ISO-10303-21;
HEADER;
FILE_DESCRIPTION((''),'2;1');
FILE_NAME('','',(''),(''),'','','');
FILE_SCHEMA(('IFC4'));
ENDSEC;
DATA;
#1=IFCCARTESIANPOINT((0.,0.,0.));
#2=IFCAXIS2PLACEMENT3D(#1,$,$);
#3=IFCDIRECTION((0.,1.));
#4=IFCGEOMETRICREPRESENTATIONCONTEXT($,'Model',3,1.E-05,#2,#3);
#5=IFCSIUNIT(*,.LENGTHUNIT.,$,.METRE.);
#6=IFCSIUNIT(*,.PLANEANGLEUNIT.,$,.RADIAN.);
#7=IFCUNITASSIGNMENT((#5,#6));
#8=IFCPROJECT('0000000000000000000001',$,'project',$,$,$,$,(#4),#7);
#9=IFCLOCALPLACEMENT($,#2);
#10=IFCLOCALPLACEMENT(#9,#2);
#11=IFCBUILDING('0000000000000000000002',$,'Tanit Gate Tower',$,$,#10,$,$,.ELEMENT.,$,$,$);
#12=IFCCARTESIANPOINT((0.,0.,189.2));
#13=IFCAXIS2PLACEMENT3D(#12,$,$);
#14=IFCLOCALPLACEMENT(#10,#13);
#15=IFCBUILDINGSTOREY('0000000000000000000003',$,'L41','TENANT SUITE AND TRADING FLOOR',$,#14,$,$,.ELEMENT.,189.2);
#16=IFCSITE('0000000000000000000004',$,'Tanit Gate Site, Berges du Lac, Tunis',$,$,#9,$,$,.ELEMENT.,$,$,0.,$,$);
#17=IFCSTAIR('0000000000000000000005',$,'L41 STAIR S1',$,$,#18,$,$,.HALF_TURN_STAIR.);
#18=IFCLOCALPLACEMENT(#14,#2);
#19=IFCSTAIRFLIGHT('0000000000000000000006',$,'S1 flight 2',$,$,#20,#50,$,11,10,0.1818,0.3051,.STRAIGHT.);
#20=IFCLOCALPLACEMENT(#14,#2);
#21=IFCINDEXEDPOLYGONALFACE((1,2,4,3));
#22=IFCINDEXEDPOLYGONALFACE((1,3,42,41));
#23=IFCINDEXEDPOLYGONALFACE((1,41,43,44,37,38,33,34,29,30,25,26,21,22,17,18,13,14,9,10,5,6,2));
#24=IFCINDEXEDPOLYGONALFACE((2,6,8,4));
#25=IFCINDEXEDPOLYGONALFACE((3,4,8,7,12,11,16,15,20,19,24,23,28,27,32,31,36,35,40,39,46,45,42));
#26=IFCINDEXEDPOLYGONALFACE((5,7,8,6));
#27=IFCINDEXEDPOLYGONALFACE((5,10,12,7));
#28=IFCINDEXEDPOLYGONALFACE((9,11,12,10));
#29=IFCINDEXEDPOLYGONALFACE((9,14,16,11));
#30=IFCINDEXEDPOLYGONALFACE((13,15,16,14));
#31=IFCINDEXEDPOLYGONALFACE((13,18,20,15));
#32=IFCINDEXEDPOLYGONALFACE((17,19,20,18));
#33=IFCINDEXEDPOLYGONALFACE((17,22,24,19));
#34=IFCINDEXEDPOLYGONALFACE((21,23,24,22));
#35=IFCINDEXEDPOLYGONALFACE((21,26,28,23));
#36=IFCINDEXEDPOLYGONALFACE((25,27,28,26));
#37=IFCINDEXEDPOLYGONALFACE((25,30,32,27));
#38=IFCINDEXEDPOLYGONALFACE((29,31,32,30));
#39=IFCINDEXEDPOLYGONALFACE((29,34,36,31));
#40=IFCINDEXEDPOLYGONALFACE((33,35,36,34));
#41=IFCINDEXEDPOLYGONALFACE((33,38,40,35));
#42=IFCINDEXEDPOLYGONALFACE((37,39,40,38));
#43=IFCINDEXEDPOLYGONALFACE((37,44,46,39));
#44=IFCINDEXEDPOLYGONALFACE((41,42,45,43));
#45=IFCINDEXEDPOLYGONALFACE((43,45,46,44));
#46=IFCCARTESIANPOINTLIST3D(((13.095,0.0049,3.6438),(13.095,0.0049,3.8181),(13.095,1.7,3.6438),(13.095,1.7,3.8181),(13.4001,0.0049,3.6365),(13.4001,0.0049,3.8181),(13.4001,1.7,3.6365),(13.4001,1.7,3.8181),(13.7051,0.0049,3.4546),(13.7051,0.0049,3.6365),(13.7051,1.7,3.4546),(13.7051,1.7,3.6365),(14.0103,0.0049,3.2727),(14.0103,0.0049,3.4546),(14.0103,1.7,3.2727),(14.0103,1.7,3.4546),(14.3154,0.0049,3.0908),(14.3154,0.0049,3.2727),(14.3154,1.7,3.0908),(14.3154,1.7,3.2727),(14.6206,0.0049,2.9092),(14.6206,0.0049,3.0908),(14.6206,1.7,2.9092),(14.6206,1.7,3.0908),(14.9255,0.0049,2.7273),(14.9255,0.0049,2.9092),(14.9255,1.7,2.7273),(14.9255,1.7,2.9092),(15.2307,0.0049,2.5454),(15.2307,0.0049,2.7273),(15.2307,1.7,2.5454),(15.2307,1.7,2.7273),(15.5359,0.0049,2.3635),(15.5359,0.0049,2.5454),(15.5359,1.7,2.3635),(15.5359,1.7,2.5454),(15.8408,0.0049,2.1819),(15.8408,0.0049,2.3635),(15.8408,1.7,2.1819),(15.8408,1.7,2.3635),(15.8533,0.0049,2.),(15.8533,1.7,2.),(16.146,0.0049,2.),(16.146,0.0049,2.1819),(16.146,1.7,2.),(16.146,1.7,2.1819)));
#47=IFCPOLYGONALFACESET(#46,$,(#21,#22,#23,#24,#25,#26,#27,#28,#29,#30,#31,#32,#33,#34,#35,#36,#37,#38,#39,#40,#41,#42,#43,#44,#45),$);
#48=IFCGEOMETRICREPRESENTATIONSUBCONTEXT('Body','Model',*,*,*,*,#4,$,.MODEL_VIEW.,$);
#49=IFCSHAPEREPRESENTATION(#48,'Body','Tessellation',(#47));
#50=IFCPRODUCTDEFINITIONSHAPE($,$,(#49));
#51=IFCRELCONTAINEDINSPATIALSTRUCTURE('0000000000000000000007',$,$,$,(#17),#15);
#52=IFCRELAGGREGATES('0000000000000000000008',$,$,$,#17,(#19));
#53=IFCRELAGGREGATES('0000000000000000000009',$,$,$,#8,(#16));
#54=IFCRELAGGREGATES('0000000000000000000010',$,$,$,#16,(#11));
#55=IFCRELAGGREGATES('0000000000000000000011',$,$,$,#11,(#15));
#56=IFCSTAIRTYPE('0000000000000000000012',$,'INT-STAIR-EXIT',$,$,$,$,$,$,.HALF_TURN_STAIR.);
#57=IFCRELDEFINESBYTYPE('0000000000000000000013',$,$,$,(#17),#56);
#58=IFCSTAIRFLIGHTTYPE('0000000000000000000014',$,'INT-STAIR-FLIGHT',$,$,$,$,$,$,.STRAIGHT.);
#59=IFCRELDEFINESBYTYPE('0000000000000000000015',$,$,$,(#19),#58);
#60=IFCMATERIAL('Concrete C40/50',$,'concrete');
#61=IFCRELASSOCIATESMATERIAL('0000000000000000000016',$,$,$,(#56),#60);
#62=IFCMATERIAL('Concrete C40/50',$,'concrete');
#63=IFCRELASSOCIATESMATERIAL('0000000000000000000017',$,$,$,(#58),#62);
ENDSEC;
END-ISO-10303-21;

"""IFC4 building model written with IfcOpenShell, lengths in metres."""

from ifc_helpers import new_model, si_unit, direction, frame, origin, place, context, subcontext, project, spatial, polyline, outline, extrude, material, type_object, element, aggregate, save


model = new_model("IFC4")

# Units and contexts
model_context = context("Model", 3, precision=1e-05, world=origin(), true_north=direction((0.0, 1.0)))
body_context = subcontext(model_context, "Body", "Model", "MODEL_VIEW")
ifc_project = project(units=[si_unit("LENGTHUNIT", "METRE"), si_unit("PLANEANGLEUNIT", "RADIAN")], contexts=[model_context])

# Site, building, storey
site_placement = place(None, origin())
site = spatial("IfcSite", under=ifc_project, at=site_placement, Name="Tanit Gate Site, Berges du Lac, Tunis", CompositionType="ELEMENT", RefElevation=0.0)
building_placement = place(site_placement, origin())
building = spatial("IfcBuilding", under=site, at=building_placement, Name="Tanit Gate Tower", CompositionType="ELEMENT")
storey_placement = place(building_placement, frame((0.0, 0.0, 189.2)))
storey = spatial("IfcBuildingStorey", under=building, at=storey_placement, Name="L41", Description="TENANT SUITE AND TRADING FLOOR", CompositionType="ELEMENT", Elevation=189.2)

# Stair, stair flight
ifc_material_1 = material(Name="Concrete C40/50", Category="concrete")
stair_type = type_object("IfcStairType", Name="INT-STAIR-EXIT", PredefinedType="HALF_TURN_STAIR", material=ifc_material_1)
stair_placement = place(storey_placement, origin())
stair = element("IfcStair", 1, at=stair_placement, inside=storey, type_object=stair_type, Name="L41 STAIR S1", PredefinedType="HALF_TURN_STAIR")
ifc_material_2 = material(Name="Concrete C40/50", Category="concrete")
stair_flight_type = type_object("IfcStairFlightType", Name="INT-STAIR-FLIGHT", PredefinedType="STRAIGHT", material=ifc_material_2)
stair_flight_placement = place(storey_placement, frame((16.146, 0.8525, 2.0), z_axis=(0.0, 0.0, 1.0), x_axis=(-1.0, 0.0, 0.0)))
stair_flight = element("IfcStairFlight", 2, at=stair_flight_placement, type_object=stair_flight_type, Name="S1 flight 2", NumberOfRisers=11, NumberOfTreads=10, PredefinedType="STRAIGHT", RiserHeight=0.1818, TreadLength=0.3051, context=body_context, shape_type="SweptSolid", body=[
    extrude(outline(polyline([(0.0, 0.0), (0.0, 0.1819), (0.3052, 0.1819), (0.3052, 0.3635), (0.6101, 0.3635), (0.6101, 0.5454), (0.9153, 0.5454), (0.9153, 0.7273), (1.2205, 0.7273), (1.2205, 0.9092), (1.5254, 0.9092), (1.5254, 1.0908), (1.8306, 1.0908), (1.8306, 1.2727), (2.1357, 1.2727), (2.1357, 1.4546), (2.4409, 1.4546), (2.4409, 1.6365), (2.7458, 1.6365), (2.7458, 1.8181), (3.051, 1.8181), (3.051, 2.0), (3.051, 1.6438), (0.2927, 0.0), (0.0, 0.0)])), frame((0.0, 0.8477, 0.0), z_axis=(0.0, -1.0, 0.0), x_axis=(1.0, 0.0, 0.0)), (0.0, 0.0, 1.0), 1.6951),
])
aggregate(stair, [stair_flight])

save(model, "model.ifc")
